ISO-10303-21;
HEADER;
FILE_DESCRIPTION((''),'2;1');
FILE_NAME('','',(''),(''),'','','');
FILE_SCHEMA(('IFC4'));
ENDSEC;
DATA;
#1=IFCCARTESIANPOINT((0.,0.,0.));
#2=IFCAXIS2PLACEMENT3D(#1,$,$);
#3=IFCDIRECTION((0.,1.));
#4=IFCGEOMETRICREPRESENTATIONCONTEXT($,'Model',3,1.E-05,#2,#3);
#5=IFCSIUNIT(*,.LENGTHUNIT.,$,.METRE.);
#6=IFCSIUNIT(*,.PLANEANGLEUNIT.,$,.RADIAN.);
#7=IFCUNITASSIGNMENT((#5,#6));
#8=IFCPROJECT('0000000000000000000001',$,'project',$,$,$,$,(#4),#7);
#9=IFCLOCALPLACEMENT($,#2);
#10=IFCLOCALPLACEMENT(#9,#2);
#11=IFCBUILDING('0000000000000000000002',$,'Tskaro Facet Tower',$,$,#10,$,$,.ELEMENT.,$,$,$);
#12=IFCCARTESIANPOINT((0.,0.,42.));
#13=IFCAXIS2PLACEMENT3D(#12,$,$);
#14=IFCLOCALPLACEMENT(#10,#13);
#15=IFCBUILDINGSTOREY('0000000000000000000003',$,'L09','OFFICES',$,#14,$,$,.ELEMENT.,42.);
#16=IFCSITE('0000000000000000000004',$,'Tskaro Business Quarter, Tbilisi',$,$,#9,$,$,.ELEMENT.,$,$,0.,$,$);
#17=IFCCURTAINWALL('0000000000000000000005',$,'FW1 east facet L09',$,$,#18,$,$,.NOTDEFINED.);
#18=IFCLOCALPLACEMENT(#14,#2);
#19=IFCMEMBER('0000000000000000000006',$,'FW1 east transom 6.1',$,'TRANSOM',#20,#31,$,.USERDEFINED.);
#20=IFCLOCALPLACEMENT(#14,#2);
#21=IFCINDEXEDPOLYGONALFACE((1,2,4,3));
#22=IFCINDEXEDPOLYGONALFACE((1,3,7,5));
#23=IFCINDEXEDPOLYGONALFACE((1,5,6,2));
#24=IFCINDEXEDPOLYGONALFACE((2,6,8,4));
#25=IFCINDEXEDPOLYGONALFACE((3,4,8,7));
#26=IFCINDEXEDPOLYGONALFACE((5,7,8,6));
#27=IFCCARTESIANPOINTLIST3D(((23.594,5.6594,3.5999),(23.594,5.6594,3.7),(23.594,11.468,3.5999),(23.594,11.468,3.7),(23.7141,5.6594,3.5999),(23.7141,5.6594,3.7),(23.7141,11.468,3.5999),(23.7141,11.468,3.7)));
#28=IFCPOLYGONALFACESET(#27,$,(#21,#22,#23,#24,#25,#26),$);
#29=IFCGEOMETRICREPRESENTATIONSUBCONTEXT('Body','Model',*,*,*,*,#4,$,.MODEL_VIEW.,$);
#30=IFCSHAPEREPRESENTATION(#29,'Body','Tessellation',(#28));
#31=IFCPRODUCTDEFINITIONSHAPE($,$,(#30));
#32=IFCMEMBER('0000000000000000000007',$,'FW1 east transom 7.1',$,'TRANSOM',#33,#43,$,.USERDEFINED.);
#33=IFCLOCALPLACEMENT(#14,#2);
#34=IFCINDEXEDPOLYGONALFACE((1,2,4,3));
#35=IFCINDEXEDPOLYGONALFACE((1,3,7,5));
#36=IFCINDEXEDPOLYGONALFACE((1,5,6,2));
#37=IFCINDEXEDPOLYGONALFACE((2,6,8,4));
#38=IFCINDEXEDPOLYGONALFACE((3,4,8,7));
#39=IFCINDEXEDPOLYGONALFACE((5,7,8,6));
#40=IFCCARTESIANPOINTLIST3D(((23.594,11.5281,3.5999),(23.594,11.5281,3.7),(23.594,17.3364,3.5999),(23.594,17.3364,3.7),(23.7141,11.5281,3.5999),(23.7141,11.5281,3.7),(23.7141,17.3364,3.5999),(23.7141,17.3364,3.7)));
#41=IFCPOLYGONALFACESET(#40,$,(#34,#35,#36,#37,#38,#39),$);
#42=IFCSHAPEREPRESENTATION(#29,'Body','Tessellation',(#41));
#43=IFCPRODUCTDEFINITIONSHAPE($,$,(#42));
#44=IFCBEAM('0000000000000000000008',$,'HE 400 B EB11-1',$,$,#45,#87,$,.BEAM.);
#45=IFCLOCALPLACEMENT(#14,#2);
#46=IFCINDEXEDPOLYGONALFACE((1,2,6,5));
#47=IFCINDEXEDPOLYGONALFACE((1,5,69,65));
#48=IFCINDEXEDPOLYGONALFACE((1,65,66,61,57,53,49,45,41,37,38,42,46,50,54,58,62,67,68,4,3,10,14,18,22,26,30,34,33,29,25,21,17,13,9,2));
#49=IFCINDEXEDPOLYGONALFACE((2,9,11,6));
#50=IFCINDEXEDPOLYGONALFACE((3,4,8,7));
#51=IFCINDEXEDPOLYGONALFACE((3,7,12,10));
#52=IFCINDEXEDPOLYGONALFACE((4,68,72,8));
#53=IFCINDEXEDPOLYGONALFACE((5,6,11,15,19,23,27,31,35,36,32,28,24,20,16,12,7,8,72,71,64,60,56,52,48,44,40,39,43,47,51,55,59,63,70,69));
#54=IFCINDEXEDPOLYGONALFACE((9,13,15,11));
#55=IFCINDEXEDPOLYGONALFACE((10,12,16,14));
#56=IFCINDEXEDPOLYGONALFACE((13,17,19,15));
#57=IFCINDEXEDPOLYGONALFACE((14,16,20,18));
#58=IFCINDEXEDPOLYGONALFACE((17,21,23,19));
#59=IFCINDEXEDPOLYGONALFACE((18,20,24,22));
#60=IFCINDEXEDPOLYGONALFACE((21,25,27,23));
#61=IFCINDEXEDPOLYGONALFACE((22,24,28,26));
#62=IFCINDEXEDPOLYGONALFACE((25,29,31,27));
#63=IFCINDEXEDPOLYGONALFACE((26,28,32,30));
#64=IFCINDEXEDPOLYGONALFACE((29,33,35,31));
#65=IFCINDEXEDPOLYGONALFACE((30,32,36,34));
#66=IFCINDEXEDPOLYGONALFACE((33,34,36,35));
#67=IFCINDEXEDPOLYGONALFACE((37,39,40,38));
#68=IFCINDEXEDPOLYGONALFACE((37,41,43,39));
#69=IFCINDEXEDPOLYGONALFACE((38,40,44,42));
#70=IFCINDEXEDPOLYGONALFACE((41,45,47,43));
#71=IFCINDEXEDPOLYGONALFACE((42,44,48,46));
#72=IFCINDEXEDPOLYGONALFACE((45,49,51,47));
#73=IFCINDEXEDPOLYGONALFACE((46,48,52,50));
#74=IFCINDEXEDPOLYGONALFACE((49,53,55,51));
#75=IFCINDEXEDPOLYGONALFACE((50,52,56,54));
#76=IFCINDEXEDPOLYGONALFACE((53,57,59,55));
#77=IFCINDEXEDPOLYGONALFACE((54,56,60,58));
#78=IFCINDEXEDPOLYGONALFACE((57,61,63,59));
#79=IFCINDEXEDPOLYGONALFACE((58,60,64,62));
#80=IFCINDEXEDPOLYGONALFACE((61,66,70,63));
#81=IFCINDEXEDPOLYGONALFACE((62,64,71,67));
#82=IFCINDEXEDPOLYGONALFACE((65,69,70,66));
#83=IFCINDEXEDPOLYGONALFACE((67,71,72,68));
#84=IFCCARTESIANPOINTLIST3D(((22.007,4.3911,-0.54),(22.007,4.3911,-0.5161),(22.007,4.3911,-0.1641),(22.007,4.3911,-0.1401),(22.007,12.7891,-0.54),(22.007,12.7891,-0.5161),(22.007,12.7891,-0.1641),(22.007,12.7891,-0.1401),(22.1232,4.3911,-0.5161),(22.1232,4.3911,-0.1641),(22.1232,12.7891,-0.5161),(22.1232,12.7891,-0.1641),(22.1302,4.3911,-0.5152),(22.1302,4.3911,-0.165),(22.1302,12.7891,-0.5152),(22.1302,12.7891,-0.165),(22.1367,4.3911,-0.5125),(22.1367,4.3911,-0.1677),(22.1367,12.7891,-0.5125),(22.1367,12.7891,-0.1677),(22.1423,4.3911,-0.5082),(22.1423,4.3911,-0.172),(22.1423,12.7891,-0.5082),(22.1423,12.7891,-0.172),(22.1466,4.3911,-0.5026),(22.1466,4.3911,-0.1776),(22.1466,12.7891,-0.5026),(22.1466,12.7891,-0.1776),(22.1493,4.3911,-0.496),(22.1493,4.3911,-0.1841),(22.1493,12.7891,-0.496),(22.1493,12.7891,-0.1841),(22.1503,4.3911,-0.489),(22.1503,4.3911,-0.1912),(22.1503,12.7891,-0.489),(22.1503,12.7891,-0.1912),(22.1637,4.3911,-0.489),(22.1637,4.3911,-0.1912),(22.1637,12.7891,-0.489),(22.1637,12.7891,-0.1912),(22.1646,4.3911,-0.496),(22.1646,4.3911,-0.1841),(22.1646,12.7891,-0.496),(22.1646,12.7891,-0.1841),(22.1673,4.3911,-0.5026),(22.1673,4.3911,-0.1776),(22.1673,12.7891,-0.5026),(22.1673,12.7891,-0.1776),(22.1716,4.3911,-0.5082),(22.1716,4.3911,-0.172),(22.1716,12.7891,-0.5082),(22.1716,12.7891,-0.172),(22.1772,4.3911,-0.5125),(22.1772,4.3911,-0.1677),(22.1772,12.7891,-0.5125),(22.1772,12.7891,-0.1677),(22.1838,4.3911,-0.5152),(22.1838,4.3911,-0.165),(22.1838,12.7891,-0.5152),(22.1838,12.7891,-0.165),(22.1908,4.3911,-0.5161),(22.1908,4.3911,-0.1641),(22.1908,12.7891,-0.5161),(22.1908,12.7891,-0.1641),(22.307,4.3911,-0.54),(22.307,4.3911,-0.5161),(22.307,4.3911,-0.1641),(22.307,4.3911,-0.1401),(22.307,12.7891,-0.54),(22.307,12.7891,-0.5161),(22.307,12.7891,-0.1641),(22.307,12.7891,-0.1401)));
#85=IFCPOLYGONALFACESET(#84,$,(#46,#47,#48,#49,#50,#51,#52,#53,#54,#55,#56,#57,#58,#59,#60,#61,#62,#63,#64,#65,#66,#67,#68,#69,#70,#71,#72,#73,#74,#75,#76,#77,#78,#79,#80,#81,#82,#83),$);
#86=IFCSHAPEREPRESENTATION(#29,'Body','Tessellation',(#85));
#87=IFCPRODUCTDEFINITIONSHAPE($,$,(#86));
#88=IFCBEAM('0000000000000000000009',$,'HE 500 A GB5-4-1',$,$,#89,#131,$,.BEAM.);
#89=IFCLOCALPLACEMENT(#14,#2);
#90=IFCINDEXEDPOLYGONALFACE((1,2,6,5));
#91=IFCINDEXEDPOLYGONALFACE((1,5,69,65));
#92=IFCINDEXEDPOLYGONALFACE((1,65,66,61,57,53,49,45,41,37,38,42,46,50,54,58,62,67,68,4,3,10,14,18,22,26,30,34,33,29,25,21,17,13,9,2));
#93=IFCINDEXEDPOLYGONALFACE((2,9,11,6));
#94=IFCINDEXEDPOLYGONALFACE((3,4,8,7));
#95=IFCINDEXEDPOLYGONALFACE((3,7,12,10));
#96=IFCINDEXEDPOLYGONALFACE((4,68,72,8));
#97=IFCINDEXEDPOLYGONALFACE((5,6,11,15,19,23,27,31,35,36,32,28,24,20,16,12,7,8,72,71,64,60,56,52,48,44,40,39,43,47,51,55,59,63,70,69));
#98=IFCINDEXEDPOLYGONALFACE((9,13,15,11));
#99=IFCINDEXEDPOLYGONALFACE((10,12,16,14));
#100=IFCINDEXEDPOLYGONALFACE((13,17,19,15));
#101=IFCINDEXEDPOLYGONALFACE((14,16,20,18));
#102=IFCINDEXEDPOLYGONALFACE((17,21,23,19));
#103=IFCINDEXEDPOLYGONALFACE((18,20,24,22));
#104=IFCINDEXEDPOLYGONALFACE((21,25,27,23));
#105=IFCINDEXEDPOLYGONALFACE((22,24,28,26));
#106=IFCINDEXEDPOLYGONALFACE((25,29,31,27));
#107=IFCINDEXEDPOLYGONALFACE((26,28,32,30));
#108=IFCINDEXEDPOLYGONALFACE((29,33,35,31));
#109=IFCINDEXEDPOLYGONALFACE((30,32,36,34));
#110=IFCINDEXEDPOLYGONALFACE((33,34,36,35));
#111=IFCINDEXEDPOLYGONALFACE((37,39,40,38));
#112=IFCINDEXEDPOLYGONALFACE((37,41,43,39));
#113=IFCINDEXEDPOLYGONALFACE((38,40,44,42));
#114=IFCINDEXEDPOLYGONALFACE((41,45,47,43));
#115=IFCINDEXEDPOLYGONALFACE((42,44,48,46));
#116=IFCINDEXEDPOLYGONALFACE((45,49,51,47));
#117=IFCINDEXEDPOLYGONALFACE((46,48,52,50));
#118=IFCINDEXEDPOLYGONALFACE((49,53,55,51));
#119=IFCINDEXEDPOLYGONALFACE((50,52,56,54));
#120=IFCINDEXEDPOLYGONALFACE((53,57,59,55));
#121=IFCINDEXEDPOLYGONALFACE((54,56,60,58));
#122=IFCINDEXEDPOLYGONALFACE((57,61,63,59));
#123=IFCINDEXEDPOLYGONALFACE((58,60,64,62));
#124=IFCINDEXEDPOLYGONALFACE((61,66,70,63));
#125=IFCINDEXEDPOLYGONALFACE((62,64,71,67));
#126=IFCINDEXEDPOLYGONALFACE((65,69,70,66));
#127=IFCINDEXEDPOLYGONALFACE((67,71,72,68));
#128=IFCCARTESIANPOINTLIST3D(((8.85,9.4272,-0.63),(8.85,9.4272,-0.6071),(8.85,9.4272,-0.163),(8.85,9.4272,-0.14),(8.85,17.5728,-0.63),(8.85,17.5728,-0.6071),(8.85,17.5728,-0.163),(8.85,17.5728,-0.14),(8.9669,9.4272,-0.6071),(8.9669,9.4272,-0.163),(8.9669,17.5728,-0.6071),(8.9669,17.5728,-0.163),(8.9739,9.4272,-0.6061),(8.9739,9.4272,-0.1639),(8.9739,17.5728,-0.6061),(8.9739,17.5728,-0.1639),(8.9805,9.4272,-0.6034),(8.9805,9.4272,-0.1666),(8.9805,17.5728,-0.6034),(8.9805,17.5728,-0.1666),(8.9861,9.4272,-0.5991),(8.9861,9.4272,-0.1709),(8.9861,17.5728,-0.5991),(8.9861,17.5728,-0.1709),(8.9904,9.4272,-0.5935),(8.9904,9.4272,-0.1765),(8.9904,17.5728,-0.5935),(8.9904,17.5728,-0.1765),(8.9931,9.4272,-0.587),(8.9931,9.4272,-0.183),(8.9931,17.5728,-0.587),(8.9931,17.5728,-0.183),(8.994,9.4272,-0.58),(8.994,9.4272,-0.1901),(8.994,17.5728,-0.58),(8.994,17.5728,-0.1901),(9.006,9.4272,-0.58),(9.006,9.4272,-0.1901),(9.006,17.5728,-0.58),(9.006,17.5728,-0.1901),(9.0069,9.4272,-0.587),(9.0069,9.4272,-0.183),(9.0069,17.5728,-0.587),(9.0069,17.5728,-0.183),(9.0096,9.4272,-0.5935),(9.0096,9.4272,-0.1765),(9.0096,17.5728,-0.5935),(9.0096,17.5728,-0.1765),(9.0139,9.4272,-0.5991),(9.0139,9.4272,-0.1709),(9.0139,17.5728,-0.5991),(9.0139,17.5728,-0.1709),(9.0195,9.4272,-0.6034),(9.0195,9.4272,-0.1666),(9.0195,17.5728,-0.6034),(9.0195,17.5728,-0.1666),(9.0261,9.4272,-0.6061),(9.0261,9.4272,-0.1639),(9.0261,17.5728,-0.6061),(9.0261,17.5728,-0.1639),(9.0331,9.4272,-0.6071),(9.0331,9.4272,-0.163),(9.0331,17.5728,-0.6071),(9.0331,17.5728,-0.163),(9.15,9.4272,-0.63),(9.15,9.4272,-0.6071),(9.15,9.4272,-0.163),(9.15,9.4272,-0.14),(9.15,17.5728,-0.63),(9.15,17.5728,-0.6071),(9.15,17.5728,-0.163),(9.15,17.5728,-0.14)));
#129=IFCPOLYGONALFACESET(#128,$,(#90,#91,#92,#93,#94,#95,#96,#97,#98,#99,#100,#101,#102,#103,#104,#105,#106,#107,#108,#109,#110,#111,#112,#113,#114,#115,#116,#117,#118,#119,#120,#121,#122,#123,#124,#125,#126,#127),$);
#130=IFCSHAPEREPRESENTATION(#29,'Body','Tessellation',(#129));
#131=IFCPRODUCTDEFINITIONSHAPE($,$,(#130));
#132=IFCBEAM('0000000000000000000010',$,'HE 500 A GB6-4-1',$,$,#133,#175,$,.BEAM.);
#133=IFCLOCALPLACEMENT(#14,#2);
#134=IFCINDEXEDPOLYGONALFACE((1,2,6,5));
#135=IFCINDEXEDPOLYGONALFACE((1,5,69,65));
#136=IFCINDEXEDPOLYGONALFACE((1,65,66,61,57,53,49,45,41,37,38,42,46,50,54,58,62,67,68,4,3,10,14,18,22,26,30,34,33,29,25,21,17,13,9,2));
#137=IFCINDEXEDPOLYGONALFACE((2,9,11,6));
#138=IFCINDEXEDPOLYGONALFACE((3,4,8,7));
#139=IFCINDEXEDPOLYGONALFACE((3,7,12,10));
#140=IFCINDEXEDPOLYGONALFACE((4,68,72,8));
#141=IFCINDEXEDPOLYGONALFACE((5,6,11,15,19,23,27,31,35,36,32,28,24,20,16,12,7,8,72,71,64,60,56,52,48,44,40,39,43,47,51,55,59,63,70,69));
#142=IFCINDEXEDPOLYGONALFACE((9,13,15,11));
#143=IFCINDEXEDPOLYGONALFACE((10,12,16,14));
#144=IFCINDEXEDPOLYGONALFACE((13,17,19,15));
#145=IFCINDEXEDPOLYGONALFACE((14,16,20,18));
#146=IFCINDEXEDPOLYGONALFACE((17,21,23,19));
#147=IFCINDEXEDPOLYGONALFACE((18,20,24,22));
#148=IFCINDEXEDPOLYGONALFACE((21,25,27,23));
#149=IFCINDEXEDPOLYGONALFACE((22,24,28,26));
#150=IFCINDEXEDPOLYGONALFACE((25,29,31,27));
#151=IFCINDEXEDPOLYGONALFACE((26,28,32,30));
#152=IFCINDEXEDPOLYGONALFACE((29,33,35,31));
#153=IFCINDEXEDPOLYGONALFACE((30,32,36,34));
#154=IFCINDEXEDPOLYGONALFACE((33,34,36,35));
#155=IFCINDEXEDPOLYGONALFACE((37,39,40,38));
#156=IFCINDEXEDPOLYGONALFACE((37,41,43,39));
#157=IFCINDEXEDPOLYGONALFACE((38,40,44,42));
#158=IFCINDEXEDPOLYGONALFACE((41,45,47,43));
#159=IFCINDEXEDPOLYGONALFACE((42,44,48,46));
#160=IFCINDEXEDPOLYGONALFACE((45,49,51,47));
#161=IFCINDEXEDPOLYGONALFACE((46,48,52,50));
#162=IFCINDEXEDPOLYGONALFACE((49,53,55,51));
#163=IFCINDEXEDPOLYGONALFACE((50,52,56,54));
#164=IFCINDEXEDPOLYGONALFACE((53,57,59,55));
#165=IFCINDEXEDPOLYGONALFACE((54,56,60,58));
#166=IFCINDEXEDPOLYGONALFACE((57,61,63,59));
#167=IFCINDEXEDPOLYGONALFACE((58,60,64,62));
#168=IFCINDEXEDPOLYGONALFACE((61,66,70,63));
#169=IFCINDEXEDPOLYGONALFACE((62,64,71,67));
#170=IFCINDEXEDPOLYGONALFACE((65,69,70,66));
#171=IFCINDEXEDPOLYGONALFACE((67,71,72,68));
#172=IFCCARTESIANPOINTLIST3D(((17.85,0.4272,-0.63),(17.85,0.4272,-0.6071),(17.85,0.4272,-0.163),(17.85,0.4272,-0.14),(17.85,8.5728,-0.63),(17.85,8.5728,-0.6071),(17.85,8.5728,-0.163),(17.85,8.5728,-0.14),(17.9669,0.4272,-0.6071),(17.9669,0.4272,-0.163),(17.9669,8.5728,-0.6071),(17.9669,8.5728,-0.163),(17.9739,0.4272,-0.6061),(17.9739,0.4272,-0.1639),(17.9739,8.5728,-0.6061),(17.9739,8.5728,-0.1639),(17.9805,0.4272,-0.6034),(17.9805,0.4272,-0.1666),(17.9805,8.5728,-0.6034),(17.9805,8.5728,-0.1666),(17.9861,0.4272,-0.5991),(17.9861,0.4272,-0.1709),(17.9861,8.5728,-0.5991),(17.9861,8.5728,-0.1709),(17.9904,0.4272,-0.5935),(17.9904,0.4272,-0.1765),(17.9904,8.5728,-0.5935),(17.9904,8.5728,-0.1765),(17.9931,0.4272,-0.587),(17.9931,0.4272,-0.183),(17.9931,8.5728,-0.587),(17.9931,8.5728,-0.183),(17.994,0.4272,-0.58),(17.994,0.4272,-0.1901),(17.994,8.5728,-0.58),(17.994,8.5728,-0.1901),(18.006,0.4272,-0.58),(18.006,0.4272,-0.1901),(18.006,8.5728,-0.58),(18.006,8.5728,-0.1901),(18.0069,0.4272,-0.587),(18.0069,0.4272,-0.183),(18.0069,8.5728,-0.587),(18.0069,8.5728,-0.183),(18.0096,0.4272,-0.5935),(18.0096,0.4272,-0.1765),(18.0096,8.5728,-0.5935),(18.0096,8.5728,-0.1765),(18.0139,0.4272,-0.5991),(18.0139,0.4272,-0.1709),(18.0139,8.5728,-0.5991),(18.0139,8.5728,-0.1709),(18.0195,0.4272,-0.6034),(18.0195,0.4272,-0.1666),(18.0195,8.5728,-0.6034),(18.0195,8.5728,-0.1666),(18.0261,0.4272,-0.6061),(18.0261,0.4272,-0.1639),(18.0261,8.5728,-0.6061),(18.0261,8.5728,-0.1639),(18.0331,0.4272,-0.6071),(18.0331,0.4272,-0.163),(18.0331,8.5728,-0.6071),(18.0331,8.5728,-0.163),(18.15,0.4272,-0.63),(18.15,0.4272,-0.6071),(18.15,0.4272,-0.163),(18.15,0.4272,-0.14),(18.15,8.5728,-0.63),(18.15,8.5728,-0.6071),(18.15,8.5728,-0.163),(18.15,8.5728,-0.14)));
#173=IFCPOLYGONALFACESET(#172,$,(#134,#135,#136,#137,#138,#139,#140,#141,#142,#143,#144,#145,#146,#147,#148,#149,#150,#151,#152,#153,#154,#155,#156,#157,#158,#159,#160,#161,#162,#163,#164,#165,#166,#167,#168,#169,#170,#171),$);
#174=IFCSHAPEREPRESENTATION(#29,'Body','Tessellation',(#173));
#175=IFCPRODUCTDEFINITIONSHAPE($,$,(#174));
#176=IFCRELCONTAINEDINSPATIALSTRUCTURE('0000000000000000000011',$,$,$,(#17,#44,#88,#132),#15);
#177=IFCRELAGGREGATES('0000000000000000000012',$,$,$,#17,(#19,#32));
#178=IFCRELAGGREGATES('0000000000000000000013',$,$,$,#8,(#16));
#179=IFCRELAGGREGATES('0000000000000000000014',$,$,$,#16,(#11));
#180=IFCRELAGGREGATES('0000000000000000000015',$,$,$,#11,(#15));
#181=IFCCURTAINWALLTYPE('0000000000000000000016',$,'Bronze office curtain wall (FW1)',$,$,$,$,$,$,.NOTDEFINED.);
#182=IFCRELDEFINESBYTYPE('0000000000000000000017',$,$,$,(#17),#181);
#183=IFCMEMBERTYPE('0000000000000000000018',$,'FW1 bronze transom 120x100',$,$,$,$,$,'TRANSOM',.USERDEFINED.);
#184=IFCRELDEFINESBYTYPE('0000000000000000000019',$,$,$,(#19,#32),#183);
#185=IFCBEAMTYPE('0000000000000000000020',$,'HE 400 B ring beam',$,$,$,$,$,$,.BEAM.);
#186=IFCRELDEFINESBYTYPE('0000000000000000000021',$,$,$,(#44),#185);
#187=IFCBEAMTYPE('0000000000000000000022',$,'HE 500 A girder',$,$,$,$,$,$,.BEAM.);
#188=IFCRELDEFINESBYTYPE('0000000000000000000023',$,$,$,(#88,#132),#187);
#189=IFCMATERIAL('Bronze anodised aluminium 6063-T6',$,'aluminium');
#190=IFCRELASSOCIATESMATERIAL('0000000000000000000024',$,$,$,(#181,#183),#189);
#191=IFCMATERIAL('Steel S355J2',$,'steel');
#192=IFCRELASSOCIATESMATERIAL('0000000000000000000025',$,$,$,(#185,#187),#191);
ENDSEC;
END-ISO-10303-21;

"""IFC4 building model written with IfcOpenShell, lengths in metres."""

from ifc_helpers import new_model, si_unit, direction, frame, origin, origin_2d, place, context, subcontext, project, spatial, rectangle, i_section, extrude, material, material_profile, profile_set, type_object, element, aggregate, save


model = new_model("IFC4")

# Units and contexts
model_context = context("Model", 3, precision=1e-05, world=origin(), true_north=direction((0.0, 1.0)))
body_context = subcontext(model_context, "Body", "Model", "MODEL_VIEW")
ifc_project = project(units=[si_unit("LENGTHUNIT", "METRE"), si_unit("PLANEANGLEUNIT", "RADIAN")], contexts=[model_context])

# Site, building, storey
site_placement = place(None, origin())
site = spatial("IfcSite", under=ifc_project, at=site_placement, Name="Tskaro Business Quarter, Tbilisi", CompositionType="ELEMENT", RefElevation=0.0)
building_placement = place(site_placement, origin())
building = spatial("IfcBuilding", under=site, at=building_placement, Name="Tskaro Facet Tower", CompositionType="ELEMENT")
storey_placement = place(building_placement, frame((0.0, 0.0, 42.0)))
storey = spatial("IfcBuildingStorey", under=building, at=storey_placement, Name="L09", Description="OFFICES", CompositionType="ELEMENT", Elevation=42.0)

# Curtain wall, members
ifc_material_1 = material(Name="Bronze anodised aluminium 6063-T6", Category="aluminium")
curtain_wall_type = type_object("IfcCurtainWallType", Name="Bronze office curtain wall (FW1)", PredefinedType="NOTDEFINED", material=ifc_material_1)
curtain_wall_placement = place(storey_placement, origin())
curtain_wall = element("IfcCurtainWall", 1, at=curtain_wall_placement, inside=storey, type_object=curtain_wall_type, Name="FW1 east facet L09", PredefinedType="NOTDEFINED")
ifc_material_profile_1 = material_profile(ifc_material_1, rectangle(XDim=0.1201, YDim=0.1001, at=origin_2d()), Name="Transom 120x100")
ifc_profile_set_1 = profile_set([ifc_material_profile_1], Name="Bronze anodised aluminium 6063-T6")
member_type_1 = type_object("IfcMemberType", Name="FW1 bronze transom 120x100", ElementType="TRANSOM", PredefinedType="USERDEFINED", material=ifc_profile_set_1)
member_1_placement = place(storey_placement, frame((23.6541, 5.6594, 3.6499), z_axis=(0.0, 1.0, 0.0), x_axis=(-1.0, 0.0, 0.0)))
member_1 = element("IfcMember", 2, at=member_1_placement, type_object=member_type_1, Name="FW1 east transom 6.1", ObjectType="TRANSOM", PredefinedType="USERDEFINED", context=body_context, shape_type="SweptSolid", body=[
    extrude(rectangle(XDim=0.1201, YDim=0.1001, at=origin_2d()), origin(), (0.0, 0.0, 1.0), 5.8086),
])
member_2_placement = place(storey_placement, frame((23.6541, 11.5281, 3.6499), z_axis=(0.0, 1.0, 0.0), x_axis=(-1.0, 0.0, 0.0)))
member_2 = element("IfcMember", 3, at=member_2_placement, type_object=member_type_1, Name="FW1 east transom 7.1", ObjectType="TRANSOM", PredefinedType="USERDEFINED", context=body_context, shape_type="SweptSolid", body=[
    extrude(rectangle(XDim=0.1201, YDim=0.1001, at=origin_2d()), origin(), (0.0, 0.0, 1.0), 5.8083),
])

# Beams
ifc_material_2 = material(Name="Steel S355J2", Category="steel")
ifc_material_profile_2 = material_profile(ifc_material_2, i_section(OverallWidth=0.3, OverallDepth=0.3999, WebThickness=0.0134, FlangeThickness=0.0239, FilletRadius=0.0271, at=origin_2d()), Name="HE 400 B")
ifc_profile_set_2 = profile_set([ifc_material_profile_2], Name="Steel S355J2")
beam_type_1 = type_object("IfcBeamType", Name="HE 400 B ring beam", PredefinedType="BEAM", material=ifc_profile_set_2)
beam_1_placement = place(storey_placement, frame((22.157, 4.3911, -0.3401), z_axis=(0.0, 1.0, 0.0), x_axis=(-1.0, 0.0, 0.0)))
element("IfcBeam", 4, at=beam_1_placement, inside=storey, type_object=beam_type_1, Name="HE 400 B EB11-1", PredefinedType="BEAM", context=body_context, shape_type="SweptSolid", body=[
    extrude(i_section(OverallWidth=0.3, OverallDepth=0.3999, WebThickness=0.0134, FlangeThickness=0.0239, FilletRadius=0.0271, at=origin_2d()), origin(), (0.0, 0.0, 1.0), 8.3979),
])
ifc_material_profile_3 = material_profile(ifc_material_2, i_section(OverallWidth=0.3, OverallDepth=0.49, WebThickness=0.012, FlangeThickness=0.0229, FilletRadius=0.0271, at=origin_2d()), Name="HE 500 A")
ifc_profile_set_3 = profile_set([ifc_material_profile_3], Name="Steel S355J2")
beam_type_2 = type_object("IfcBeamType", Name="HE 500 A girder", PredefinedType="BEAM", material=ifc_profile_set_3)
for number, where, z_axis, x_axis, name in (
    (5, (9.0, 9.4272, -0.385), (0.0, 1.0, 0.0), (-1.0, 0.0, 0.0), "HE 500 A GB5-4-1"),
    (6, (18.0, 0.4272, -0.385), (0.0, 1.0, 0.0), (-1.0, 0.0, 0.0), "HE 500 A GB6-4-1"),
):
    element("IfcBeam", number, at=place(storey_placement, frame(where, z_axis=z_axis, x_axis=x_axis)), inside=storey, type_object=beam_type_2, Name=name, PredefinedType="BEAM", context=body_context, shape_type="SweptSolid", body=[
        extrude(i_section(OverallWidth=0.3, OverallDepth=0.49, WebThickness=0.012, FlangeThickness=0.0229, FilletRadius=0.0271, at=origin_2d()), origin(), (0.0, 0.0, 1.0), 8.1455),
    ])

aggregate(curtain_wall, [member_1, member_2])

save(model, "model.ifc")
